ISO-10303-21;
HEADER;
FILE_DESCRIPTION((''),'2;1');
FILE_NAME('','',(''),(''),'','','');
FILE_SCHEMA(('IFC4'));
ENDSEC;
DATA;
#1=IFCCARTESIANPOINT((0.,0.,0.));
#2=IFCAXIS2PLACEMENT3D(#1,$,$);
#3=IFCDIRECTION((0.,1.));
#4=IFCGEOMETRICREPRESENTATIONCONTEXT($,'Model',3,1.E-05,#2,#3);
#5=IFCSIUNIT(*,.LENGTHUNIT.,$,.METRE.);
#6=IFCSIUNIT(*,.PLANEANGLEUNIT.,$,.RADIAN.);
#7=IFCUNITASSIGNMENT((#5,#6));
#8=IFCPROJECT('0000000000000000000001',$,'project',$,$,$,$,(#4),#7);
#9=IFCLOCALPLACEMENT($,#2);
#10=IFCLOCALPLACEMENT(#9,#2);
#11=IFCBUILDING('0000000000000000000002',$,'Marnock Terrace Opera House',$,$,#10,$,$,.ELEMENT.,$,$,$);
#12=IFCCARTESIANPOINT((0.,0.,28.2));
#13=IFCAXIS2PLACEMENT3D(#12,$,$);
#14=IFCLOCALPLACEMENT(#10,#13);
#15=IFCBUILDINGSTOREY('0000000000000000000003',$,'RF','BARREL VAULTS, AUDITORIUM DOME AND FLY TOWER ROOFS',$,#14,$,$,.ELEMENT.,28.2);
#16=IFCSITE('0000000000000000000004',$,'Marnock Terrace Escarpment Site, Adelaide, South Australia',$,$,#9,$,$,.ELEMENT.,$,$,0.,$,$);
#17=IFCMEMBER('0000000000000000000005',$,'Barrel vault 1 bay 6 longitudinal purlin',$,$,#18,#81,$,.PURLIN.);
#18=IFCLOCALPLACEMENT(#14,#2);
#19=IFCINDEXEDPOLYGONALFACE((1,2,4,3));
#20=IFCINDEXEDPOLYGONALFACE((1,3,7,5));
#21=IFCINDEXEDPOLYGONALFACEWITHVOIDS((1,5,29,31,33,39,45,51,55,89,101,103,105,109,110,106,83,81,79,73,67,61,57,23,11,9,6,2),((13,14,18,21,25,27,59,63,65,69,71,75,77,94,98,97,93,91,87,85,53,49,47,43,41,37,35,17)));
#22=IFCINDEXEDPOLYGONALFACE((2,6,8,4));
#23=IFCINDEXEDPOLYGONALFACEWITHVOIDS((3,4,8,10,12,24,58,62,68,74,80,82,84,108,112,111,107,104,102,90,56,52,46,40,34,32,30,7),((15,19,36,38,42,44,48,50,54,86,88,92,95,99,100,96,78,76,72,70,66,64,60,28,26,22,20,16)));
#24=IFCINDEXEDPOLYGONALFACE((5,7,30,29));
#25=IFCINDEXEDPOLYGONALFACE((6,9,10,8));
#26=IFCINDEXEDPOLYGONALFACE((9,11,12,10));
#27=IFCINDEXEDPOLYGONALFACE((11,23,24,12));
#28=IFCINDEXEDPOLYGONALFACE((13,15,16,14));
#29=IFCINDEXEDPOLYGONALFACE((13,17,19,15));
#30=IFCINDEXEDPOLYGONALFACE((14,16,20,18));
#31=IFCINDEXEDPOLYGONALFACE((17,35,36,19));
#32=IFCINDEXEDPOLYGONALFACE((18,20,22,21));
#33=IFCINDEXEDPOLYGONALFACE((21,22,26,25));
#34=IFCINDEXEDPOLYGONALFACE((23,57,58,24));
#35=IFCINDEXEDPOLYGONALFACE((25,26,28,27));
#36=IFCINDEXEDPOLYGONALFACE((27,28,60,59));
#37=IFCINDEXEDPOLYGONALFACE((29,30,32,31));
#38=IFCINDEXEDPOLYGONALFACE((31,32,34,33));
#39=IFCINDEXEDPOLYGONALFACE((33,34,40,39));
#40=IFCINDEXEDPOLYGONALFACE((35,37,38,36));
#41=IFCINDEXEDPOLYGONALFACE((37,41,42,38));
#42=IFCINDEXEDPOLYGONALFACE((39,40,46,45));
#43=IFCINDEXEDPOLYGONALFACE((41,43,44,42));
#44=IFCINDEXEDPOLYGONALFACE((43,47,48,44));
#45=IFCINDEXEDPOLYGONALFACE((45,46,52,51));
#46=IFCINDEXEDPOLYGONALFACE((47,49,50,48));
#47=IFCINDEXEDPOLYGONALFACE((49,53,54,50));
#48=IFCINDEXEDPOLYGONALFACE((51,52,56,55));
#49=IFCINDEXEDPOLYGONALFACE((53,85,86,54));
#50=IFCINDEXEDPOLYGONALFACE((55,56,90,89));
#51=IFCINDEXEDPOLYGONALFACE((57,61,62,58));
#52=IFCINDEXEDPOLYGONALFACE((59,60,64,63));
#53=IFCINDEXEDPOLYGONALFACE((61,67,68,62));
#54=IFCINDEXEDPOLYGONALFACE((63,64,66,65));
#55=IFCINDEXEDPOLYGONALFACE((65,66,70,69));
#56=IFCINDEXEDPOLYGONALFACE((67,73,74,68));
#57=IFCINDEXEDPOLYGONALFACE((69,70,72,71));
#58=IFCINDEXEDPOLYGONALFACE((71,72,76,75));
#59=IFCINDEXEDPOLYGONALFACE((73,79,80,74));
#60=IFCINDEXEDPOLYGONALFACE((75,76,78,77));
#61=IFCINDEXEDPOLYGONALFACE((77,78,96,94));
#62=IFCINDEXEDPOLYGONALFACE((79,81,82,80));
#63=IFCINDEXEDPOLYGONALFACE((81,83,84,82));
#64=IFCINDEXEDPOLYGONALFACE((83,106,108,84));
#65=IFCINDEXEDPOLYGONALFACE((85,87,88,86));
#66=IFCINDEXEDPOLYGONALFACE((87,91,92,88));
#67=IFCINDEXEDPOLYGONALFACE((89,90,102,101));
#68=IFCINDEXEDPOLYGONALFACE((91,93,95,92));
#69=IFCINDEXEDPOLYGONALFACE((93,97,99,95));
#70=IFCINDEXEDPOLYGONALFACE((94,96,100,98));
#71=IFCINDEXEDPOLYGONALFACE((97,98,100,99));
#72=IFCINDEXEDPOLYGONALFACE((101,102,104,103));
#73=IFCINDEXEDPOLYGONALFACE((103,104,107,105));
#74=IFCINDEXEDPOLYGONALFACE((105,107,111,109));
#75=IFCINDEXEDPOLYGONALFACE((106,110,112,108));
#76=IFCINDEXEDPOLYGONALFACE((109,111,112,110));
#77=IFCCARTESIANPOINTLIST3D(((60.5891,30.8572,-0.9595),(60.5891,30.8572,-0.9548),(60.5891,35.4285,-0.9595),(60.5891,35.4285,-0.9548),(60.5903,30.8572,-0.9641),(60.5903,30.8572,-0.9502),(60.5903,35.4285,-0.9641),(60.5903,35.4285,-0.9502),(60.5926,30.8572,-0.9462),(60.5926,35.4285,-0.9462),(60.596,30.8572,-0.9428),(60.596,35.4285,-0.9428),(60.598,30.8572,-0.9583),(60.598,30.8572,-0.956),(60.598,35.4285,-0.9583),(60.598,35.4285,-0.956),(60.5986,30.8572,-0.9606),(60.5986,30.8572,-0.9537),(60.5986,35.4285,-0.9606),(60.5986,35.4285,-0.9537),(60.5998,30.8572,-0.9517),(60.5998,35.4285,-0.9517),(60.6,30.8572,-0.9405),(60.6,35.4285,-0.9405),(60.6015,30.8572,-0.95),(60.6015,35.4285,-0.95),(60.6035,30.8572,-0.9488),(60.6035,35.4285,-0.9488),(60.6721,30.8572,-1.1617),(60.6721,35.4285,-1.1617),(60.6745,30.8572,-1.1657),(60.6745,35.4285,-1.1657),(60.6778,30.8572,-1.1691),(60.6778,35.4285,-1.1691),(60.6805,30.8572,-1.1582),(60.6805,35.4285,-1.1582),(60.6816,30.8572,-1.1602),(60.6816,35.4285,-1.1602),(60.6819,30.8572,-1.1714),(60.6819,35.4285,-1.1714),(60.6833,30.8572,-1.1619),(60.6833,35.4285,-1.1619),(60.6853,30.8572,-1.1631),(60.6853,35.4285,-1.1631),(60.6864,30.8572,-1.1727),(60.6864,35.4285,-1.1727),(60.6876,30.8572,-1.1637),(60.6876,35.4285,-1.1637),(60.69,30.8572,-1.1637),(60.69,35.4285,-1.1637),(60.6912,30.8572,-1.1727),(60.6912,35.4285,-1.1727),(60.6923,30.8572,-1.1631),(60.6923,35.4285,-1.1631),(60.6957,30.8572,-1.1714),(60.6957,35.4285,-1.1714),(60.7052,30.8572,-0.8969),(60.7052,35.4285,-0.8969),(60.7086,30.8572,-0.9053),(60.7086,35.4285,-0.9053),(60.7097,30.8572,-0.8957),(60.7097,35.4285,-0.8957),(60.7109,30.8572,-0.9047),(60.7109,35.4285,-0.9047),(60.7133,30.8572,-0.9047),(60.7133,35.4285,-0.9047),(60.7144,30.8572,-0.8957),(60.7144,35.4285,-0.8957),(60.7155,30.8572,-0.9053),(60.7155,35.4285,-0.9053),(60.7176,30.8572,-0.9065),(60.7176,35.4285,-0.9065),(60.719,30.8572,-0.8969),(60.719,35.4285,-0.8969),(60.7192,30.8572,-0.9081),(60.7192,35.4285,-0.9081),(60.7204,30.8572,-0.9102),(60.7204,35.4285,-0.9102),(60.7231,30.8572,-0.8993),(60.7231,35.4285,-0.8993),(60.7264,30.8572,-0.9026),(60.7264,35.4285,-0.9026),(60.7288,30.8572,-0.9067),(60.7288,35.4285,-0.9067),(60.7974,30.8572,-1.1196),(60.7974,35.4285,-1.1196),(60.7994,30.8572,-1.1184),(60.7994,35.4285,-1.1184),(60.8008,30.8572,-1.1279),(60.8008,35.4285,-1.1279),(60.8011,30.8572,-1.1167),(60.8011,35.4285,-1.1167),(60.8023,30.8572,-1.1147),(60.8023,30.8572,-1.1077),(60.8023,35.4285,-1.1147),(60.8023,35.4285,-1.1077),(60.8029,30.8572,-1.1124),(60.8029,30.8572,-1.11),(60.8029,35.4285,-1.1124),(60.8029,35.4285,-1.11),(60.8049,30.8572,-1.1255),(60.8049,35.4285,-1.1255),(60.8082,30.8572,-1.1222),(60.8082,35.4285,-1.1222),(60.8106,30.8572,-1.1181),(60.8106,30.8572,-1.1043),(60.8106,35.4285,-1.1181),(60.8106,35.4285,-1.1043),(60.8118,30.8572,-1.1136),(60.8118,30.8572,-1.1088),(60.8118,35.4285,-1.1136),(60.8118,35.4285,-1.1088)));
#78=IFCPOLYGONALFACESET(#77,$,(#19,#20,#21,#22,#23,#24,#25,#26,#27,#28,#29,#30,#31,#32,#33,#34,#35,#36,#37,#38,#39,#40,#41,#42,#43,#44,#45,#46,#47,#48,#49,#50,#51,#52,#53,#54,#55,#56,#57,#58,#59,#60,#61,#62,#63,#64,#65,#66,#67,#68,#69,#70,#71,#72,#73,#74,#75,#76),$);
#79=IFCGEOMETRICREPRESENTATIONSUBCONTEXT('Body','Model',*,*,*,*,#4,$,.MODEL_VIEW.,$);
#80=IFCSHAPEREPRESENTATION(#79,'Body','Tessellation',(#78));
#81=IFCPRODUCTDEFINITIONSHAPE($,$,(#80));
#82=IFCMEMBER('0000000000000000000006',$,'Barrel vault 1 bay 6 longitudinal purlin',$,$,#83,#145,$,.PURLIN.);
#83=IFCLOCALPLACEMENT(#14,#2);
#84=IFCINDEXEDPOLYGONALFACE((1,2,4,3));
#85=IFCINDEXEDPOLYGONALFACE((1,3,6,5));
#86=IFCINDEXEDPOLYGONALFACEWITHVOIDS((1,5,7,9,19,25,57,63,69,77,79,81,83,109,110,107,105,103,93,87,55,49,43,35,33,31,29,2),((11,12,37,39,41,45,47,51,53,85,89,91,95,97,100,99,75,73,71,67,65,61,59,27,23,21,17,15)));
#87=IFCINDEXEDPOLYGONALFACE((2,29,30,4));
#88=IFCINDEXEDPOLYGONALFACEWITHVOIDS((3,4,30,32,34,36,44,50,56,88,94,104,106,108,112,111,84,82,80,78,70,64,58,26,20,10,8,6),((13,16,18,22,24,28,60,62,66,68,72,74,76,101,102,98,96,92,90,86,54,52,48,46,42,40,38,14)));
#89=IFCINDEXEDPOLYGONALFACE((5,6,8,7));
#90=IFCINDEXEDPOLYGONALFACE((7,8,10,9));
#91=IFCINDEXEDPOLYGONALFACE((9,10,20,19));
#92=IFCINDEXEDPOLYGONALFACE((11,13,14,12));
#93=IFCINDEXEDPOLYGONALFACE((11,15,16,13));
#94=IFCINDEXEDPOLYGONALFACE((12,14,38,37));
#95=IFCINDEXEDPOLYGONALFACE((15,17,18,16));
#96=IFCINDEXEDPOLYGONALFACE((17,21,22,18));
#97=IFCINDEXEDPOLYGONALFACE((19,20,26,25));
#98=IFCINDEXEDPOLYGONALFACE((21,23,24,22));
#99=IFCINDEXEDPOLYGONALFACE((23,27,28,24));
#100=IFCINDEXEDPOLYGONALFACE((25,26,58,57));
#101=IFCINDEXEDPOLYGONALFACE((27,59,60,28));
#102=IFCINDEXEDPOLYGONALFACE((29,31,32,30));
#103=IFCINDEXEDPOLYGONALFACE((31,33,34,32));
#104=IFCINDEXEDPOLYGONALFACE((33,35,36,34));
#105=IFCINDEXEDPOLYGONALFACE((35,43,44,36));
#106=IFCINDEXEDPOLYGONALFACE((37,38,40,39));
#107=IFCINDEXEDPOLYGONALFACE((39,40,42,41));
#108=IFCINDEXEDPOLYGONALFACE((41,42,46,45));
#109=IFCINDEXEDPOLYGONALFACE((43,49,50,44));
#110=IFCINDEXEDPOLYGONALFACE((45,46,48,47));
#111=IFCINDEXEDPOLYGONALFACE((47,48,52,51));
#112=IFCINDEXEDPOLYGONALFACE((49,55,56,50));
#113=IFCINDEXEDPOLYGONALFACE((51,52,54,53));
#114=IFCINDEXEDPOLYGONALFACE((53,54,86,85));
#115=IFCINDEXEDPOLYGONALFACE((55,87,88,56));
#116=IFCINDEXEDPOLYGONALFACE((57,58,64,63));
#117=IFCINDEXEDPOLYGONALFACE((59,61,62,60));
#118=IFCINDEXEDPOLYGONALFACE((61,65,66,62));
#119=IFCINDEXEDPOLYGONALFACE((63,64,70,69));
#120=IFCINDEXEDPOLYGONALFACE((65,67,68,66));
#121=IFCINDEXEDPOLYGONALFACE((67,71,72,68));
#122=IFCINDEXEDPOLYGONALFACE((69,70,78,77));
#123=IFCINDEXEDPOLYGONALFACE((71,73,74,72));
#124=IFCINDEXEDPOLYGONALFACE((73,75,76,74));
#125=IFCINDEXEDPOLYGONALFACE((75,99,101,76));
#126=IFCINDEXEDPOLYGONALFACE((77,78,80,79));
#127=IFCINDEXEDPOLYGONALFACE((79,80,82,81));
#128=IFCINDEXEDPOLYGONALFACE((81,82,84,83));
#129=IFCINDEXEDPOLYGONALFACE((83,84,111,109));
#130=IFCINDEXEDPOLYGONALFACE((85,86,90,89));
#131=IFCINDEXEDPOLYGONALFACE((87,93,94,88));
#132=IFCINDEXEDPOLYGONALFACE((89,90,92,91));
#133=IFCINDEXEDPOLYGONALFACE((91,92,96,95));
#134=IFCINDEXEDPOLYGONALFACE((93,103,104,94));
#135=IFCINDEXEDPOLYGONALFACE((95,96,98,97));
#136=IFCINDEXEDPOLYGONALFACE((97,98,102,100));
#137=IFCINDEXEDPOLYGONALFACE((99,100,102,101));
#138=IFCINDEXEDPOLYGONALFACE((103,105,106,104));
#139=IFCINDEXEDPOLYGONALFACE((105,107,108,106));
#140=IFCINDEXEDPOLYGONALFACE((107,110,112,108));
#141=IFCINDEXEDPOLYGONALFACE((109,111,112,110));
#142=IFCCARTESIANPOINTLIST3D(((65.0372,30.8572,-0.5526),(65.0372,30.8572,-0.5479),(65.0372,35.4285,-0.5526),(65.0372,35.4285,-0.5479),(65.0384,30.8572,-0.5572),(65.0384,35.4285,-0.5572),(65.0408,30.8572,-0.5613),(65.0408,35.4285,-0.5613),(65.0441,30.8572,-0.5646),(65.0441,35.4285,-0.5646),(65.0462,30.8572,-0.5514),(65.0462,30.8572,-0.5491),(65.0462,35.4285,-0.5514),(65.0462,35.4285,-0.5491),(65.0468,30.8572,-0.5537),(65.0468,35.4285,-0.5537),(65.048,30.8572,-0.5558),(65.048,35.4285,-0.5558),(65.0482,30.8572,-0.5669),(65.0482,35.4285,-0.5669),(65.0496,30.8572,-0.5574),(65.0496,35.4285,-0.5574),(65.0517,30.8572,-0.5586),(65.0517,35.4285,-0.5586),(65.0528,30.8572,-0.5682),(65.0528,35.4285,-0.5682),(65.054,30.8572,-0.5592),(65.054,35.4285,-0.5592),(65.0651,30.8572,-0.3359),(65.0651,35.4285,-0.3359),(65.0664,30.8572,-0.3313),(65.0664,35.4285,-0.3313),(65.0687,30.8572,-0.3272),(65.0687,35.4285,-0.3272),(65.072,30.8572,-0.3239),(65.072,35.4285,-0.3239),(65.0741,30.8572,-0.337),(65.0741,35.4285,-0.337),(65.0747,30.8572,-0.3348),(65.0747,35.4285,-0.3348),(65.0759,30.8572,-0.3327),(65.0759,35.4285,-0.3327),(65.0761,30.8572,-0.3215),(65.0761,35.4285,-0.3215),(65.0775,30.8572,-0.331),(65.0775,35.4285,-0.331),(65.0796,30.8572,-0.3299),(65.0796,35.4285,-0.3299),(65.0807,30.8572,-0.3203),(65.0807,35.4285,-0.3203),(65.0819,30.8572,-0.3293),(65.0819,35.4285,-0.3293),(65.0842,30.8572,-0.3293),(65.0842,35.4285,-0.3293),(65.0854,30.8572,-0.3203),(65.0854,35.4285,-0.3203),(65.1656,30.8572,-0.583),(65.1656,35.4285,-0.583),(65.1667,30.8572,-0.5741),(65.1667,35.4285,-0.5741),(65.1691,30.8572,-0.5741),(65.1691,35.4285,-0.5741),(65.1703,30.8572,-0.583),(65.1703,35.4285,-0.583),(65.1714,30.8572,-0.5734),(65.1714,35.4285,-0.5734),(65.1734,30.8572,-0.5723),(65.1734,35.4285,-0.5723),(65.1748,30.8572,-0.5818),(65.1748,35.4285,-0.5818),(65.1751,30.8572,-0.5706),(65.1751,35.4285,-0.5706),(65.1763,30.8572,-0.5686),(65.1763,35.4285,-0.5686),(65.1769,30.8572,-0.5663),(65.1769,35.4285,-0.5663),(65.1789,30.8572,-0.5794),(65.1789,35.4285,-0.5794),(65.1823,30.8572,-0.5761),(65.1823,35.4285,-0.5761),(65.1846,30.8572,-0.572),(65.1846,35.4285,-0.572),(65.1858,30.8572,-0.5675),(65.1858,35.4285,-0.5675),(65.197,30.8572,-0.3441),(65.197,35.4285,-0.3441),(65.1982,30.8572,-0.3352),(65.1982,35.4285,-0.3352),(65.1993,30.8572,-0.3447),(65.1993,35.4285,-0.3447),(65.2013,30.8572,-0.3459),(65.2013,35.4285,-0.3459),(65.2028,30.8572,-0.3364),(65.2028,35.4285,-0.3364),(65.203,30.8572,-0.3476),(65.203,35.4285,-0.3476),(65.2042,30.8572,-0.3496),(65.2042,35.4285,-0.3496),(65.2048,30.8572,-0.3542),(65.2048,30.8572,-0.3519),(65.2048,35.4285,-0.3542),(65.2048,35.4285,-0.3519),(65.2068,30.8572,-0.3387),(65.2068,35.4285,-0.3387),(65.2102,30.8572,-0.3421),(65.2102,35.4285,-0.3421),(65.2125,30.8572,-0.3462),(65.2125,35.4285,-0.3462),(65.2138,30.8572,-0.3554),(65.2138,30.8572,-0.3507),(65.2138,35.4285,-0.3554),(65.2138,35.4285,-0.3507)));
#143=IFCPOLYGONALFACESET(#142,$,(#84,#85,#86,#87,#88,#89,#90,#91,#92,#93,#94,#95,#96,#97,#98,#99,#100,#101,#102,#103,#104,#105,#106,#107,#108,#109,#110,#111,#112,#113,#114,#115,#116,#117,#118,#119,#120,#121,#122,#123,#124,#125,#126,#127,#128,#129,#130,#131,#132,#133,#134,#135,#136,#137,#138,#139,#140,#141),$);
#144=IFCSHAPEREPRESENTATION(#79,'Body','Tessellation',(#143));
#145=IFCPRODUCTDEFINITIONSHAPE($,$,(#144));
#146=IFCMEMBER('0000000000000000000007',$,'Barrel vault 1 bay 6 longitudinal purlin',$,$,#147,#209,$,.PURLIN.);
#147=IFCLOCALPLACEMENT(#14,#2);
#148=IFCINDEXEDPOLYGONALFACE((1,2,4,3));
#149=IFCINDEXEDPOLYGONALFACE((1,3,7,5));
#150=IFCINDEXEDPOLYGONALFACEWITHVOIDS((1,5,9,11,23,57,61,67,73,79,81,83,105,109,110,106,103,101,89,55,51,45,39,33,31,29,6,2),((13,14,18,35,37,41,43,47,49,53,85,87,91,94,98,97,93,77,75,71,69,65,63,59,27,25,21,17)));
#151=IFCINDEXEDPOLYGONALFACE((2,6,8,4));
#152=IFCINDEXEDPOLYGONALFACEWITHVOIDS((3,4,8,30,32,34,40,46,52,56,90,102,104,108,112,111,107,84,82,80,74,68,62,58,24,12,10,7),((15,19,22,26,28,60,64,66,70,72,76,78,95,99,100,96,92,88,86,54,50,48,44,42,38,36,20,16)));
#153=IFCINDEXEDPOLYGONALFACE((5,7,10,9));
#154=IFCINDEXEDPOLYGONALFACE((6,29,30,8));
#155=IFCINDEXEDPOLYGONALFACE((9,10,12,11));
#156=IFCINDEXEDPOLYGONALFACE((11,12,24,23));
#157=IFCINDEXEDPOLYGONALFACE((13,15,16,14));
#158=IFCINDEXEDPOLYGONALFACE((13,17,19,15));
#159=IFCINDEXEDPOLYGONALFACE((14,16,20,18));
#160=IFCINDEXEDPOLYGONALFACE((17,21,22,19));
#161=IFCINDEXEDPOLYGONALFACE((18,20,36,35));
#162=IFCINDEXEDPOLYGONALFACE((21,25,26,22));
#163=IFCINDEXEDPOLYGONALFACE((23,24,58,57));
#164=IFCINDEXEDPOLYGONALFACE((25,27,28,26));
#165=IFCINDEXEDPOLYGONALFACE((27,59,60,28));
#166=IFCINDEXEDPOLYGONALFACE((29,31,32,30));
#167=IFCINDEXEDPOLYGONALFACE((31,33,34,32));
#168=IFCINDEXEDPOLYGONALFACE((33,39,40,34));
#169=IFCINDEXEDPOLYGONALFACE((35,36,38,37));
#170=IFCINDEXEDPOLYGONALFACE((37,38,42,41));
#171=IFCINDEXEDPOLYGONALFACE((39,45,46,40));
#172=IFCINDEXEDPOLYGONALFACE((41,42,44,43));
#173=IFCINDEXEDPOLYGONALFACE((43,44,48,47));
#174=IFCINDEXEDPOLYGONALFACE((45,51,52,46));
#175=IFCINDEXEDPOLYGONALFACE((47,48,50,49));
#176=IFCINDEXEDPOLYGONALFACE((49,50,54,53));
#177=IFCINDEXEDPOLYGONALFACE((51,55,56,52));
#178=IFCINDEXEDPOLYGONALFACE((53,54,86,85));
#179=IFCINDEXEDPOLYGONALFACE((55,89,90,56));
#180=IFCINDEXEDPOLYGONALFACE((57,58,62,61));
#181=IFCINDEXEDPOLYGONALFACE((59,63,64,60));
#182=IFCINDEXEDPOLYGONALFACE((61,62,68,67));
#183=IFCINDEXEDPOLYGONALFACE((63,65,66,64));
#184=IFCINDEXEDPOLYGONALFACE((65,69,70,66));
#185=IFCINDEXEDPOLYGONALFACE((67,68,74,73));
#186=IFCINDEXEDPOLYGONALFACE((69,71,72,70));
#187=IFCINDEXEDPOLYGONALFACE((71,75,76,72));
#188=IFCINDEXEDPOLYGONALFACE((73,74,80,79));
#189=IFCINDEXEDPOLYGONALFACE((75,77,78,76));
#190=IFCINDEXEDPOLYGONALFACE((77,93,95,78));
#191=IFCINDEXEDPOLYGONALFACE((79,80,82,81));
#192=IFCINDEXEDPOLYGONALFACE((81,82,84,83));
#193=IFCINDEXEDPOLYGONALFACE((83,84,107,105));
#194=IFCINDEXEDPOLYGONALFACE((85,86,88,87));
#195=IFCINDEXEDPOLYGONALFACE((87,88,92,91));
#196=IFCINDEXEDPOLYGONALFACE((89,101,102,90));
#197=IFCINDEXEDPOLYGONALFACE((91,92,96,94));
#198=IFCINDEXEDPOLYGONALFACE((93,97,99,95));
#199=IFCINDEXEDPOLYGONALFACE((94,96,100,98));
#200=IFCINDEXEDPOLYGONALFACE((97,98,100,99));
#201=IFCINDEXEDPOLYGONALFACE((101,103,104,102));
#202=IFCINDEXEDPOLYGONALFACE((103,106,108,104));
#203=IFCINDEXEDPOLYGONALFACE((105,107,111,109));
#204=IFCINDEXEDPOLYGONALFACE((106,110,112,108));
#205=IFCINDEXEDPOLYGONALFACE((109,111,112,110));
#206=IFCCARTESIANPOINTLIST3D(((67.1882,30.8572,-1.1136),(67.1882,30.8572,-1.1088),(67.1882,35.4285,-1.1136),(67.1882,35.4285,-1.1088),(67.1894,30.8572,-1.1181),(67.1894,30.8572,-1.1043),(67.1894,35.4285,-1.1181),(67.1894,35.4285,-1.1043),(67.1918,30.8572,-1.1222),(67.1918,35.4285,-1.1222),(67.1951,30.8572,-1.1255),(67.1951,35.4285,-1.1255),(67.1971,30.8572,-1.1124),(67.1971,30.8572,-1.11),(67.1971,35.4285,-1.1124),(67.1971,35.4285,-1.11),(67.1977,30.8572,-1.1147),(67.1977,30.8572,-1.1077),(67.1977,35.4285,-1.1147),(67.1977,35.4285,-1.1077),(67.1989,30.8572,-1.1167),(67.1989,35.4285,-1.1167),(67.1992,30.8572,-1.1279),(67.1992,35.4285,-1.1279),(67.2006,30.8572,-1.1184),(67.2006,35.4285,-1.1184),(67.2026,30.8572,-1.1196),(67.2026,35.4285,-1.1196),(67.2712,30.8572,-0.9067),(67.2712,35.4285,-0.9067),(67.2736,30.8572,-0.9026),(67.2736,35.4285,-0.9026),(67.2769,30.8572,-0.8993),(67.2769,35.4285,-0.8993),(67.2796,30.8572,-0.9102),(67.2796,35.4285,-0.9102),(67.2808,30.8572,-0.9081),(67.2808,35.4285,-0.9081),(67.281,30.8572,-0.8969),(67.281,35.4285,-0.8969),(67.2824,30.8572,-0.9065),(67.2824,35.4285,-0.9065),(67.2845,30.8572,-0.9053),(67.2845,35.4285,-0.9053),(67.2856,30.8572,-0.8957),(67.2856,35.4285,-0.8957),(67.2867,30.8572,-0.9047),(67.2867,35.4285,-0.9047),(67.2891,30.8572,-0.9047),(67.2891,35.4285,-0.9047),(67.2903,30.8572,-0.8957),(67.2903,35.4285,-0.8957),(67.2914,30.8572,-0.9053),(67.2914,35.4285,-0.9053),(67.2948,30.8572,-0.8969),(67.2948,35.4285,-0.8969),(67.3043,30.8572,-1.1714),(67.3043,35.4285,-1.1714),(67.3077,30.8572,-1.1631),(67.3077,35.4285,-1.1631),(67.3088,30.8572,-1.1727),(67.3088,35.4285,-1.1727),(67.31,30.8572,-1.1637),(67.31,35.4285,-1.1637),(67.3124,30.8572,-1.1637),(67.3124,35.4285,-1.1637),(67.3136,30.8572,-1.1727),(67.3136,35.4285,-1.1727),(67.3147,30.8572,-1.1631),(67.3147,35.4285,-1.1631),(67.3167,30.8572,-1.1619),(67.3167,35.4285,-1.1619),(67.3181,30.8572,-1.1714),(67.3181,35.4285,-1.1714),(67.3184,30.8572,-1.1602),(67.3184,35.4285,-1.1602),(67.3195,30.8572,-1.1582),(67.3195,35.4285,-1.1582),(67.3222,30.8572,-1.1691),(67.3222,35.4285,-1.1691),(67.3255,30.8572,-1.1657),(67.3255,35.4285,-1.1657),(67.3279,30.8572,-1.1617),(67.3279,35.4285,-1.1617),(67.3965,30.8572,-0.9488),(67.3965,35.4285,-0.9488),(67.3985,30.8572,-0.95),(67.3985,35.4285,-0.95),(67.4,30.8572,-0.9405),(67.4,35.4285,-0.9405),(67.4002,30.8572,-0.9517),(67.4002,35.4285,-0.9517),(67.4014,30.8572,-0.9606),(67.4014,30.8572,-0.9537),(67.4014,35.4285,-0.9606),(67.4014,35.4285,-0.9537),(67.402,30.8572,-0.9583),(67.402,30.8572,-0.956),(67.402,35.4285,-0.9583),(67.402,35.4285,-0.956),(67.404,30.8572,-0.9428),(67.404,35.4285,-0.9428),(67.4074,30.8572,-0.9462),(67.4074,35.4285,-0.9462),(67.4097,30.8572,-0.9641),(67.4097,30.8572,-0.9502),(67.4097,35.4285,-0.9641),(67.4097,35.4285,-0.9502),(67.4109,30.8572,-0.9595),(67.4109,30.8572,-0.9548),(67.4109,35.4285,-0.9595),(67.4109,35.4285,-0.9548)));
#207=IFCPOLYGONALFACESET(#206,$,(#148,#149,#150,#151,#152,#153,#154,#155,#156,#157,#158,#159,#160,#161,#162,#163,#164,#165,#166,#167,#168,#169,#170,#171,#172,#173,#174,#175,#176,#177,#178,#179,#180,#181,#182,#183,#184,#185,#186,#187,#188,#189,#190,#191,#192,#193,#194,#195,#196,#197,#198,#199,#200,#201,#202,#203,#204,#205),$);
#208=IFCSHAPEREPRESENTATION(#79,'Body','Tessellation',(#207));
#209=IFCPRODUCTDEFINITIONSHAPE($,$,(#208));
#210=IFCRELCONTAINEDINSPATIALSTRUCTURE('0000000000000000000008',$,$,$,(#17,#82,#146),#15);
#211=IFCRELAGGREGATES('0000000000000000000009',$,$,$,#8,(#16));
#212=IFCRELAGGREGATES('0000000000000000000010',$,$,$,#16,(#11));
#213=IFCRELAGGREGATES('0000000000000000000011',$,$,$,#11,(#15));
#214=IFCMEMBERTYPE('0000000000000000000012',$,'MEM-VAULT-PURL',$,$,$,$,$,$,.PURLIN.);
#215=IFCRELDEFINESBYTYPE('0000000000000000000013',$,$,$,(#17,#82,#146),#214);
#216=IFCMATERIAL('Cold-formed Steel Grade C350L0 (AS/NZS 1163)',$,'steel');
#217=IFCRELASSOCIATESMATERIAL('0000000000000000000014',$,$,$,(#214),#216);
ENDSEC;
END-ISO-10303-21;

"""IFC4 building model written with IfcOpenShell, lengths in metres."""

from ifc_helpers import new_model, si_unit, direction, frame, origin, origin_2d, place, context, subcontext, project, spatial, hollow_rectangle, extrude, material, material_profile, profile_set, type_object, element, save


model = new_model("IFC4")

# Units and contexts
model_context = context("Model", 3, precision=1e-05, world=origin(), true_north=direction((0.0, 1.0)))
body_context = subcontext(model_context, "Body", "Model", "MODEL_VIEW")
ifc_project = project(units=[si_unit("LENGTHUNIT", "METRE"), si_unit("PLANEANGLEUNIT", "RADIAN")], contexts=[model_context])

# Site, building, storey
site_placement = place(None, origin())
site = spatial("IfcSite", under=ifc_project, at=site_placement, Name="Marnock Terrace Escarpment Site, Adelaide, South Australia", CompositionType="ELEMENT", RefElevation=0.0)
building_placement = place(site_placement, origin())
building = spatial("IfcBuilding", under=site, at=building_placement, Name="Marnock Terrace Opera House", CompositionType="ELEMENT")
storey_placement = place(building_placement, frame((0.0, 0.0, 28.2)))
storey = spatial("IfcBuildingStorey", under=building, at=storey_placement, Name="RF", Description="BARREL VAULTS, AUDITORIUM DOME AND FLY TOWER ROOFS", CompositionType="ELEMENT", Elevation=28.2)

# Members
ifc_material_1 = material(Name="Cold-formed Steel Grade C350L0 (AS/NZS 1163)", Category="steel")
ifc_material_profile_1 = material_profile(ifc_material_1, hollow_rectangle(XDim=0.1499, YDim=0.25, WallThickness=0.009, InnerFilletRadius=0.009, OuterFilletRadius=0.0181, at=origin_2d()))
ifc_profile_set_1 = profile_set([ifc_material_profile_1], Name="Cold-formed Steel Grade C350L0 (AS/NZS 1163)")
member_type_1 = type_object("IfcMemberType", Name="MEM-VAULT-PURL", PredefinedType="PURLIN", material=ifc_profile_set_1)
for number, where, z_axis, x_axis, name in (
    (1, (60.7004, 30.8572, -1.0342), (0.0, 1.0, 0.0), (-0.92388, 0.0, -0.382683), "Barrel vault 1 bay 6 longitudinal purlin"),
    (2, (65.1255, 30.8572, -0.4517), (0.0, 1.0, 0.0), (-0.991445, 0.0, 0.130526), "Barrel vault 1 bay 6 longitudinal purlin"),
    (3, (67.2996, 30.8572, -1.0342), (0.0, 1.0, 0.0), (-0.92388, 0.0, 0.382683), "Barrel vault 1 bay 6 longitudinal purlin"),
):
    element("IfcMember", number, at=place(storey_placement, frame(where, z_axis=z_axis, x_axis=x_axis)), inside=storey, type_object=member_type_1, Name=name, PredefinedType="PURLIN", context=body_context, shape_type="SweptSolid", body=[
        extrude(hollow_rectangle(XDim=0.1499, YDim=0.25, WallThickness=0.009, InnerFilletRadius=0.009, OuterFilletRadius=0.0181, at=origin_2d()), origin(), (0.0, 0.0, 1.0), 4.5713),
    ])

save(model, "model.ifc")
